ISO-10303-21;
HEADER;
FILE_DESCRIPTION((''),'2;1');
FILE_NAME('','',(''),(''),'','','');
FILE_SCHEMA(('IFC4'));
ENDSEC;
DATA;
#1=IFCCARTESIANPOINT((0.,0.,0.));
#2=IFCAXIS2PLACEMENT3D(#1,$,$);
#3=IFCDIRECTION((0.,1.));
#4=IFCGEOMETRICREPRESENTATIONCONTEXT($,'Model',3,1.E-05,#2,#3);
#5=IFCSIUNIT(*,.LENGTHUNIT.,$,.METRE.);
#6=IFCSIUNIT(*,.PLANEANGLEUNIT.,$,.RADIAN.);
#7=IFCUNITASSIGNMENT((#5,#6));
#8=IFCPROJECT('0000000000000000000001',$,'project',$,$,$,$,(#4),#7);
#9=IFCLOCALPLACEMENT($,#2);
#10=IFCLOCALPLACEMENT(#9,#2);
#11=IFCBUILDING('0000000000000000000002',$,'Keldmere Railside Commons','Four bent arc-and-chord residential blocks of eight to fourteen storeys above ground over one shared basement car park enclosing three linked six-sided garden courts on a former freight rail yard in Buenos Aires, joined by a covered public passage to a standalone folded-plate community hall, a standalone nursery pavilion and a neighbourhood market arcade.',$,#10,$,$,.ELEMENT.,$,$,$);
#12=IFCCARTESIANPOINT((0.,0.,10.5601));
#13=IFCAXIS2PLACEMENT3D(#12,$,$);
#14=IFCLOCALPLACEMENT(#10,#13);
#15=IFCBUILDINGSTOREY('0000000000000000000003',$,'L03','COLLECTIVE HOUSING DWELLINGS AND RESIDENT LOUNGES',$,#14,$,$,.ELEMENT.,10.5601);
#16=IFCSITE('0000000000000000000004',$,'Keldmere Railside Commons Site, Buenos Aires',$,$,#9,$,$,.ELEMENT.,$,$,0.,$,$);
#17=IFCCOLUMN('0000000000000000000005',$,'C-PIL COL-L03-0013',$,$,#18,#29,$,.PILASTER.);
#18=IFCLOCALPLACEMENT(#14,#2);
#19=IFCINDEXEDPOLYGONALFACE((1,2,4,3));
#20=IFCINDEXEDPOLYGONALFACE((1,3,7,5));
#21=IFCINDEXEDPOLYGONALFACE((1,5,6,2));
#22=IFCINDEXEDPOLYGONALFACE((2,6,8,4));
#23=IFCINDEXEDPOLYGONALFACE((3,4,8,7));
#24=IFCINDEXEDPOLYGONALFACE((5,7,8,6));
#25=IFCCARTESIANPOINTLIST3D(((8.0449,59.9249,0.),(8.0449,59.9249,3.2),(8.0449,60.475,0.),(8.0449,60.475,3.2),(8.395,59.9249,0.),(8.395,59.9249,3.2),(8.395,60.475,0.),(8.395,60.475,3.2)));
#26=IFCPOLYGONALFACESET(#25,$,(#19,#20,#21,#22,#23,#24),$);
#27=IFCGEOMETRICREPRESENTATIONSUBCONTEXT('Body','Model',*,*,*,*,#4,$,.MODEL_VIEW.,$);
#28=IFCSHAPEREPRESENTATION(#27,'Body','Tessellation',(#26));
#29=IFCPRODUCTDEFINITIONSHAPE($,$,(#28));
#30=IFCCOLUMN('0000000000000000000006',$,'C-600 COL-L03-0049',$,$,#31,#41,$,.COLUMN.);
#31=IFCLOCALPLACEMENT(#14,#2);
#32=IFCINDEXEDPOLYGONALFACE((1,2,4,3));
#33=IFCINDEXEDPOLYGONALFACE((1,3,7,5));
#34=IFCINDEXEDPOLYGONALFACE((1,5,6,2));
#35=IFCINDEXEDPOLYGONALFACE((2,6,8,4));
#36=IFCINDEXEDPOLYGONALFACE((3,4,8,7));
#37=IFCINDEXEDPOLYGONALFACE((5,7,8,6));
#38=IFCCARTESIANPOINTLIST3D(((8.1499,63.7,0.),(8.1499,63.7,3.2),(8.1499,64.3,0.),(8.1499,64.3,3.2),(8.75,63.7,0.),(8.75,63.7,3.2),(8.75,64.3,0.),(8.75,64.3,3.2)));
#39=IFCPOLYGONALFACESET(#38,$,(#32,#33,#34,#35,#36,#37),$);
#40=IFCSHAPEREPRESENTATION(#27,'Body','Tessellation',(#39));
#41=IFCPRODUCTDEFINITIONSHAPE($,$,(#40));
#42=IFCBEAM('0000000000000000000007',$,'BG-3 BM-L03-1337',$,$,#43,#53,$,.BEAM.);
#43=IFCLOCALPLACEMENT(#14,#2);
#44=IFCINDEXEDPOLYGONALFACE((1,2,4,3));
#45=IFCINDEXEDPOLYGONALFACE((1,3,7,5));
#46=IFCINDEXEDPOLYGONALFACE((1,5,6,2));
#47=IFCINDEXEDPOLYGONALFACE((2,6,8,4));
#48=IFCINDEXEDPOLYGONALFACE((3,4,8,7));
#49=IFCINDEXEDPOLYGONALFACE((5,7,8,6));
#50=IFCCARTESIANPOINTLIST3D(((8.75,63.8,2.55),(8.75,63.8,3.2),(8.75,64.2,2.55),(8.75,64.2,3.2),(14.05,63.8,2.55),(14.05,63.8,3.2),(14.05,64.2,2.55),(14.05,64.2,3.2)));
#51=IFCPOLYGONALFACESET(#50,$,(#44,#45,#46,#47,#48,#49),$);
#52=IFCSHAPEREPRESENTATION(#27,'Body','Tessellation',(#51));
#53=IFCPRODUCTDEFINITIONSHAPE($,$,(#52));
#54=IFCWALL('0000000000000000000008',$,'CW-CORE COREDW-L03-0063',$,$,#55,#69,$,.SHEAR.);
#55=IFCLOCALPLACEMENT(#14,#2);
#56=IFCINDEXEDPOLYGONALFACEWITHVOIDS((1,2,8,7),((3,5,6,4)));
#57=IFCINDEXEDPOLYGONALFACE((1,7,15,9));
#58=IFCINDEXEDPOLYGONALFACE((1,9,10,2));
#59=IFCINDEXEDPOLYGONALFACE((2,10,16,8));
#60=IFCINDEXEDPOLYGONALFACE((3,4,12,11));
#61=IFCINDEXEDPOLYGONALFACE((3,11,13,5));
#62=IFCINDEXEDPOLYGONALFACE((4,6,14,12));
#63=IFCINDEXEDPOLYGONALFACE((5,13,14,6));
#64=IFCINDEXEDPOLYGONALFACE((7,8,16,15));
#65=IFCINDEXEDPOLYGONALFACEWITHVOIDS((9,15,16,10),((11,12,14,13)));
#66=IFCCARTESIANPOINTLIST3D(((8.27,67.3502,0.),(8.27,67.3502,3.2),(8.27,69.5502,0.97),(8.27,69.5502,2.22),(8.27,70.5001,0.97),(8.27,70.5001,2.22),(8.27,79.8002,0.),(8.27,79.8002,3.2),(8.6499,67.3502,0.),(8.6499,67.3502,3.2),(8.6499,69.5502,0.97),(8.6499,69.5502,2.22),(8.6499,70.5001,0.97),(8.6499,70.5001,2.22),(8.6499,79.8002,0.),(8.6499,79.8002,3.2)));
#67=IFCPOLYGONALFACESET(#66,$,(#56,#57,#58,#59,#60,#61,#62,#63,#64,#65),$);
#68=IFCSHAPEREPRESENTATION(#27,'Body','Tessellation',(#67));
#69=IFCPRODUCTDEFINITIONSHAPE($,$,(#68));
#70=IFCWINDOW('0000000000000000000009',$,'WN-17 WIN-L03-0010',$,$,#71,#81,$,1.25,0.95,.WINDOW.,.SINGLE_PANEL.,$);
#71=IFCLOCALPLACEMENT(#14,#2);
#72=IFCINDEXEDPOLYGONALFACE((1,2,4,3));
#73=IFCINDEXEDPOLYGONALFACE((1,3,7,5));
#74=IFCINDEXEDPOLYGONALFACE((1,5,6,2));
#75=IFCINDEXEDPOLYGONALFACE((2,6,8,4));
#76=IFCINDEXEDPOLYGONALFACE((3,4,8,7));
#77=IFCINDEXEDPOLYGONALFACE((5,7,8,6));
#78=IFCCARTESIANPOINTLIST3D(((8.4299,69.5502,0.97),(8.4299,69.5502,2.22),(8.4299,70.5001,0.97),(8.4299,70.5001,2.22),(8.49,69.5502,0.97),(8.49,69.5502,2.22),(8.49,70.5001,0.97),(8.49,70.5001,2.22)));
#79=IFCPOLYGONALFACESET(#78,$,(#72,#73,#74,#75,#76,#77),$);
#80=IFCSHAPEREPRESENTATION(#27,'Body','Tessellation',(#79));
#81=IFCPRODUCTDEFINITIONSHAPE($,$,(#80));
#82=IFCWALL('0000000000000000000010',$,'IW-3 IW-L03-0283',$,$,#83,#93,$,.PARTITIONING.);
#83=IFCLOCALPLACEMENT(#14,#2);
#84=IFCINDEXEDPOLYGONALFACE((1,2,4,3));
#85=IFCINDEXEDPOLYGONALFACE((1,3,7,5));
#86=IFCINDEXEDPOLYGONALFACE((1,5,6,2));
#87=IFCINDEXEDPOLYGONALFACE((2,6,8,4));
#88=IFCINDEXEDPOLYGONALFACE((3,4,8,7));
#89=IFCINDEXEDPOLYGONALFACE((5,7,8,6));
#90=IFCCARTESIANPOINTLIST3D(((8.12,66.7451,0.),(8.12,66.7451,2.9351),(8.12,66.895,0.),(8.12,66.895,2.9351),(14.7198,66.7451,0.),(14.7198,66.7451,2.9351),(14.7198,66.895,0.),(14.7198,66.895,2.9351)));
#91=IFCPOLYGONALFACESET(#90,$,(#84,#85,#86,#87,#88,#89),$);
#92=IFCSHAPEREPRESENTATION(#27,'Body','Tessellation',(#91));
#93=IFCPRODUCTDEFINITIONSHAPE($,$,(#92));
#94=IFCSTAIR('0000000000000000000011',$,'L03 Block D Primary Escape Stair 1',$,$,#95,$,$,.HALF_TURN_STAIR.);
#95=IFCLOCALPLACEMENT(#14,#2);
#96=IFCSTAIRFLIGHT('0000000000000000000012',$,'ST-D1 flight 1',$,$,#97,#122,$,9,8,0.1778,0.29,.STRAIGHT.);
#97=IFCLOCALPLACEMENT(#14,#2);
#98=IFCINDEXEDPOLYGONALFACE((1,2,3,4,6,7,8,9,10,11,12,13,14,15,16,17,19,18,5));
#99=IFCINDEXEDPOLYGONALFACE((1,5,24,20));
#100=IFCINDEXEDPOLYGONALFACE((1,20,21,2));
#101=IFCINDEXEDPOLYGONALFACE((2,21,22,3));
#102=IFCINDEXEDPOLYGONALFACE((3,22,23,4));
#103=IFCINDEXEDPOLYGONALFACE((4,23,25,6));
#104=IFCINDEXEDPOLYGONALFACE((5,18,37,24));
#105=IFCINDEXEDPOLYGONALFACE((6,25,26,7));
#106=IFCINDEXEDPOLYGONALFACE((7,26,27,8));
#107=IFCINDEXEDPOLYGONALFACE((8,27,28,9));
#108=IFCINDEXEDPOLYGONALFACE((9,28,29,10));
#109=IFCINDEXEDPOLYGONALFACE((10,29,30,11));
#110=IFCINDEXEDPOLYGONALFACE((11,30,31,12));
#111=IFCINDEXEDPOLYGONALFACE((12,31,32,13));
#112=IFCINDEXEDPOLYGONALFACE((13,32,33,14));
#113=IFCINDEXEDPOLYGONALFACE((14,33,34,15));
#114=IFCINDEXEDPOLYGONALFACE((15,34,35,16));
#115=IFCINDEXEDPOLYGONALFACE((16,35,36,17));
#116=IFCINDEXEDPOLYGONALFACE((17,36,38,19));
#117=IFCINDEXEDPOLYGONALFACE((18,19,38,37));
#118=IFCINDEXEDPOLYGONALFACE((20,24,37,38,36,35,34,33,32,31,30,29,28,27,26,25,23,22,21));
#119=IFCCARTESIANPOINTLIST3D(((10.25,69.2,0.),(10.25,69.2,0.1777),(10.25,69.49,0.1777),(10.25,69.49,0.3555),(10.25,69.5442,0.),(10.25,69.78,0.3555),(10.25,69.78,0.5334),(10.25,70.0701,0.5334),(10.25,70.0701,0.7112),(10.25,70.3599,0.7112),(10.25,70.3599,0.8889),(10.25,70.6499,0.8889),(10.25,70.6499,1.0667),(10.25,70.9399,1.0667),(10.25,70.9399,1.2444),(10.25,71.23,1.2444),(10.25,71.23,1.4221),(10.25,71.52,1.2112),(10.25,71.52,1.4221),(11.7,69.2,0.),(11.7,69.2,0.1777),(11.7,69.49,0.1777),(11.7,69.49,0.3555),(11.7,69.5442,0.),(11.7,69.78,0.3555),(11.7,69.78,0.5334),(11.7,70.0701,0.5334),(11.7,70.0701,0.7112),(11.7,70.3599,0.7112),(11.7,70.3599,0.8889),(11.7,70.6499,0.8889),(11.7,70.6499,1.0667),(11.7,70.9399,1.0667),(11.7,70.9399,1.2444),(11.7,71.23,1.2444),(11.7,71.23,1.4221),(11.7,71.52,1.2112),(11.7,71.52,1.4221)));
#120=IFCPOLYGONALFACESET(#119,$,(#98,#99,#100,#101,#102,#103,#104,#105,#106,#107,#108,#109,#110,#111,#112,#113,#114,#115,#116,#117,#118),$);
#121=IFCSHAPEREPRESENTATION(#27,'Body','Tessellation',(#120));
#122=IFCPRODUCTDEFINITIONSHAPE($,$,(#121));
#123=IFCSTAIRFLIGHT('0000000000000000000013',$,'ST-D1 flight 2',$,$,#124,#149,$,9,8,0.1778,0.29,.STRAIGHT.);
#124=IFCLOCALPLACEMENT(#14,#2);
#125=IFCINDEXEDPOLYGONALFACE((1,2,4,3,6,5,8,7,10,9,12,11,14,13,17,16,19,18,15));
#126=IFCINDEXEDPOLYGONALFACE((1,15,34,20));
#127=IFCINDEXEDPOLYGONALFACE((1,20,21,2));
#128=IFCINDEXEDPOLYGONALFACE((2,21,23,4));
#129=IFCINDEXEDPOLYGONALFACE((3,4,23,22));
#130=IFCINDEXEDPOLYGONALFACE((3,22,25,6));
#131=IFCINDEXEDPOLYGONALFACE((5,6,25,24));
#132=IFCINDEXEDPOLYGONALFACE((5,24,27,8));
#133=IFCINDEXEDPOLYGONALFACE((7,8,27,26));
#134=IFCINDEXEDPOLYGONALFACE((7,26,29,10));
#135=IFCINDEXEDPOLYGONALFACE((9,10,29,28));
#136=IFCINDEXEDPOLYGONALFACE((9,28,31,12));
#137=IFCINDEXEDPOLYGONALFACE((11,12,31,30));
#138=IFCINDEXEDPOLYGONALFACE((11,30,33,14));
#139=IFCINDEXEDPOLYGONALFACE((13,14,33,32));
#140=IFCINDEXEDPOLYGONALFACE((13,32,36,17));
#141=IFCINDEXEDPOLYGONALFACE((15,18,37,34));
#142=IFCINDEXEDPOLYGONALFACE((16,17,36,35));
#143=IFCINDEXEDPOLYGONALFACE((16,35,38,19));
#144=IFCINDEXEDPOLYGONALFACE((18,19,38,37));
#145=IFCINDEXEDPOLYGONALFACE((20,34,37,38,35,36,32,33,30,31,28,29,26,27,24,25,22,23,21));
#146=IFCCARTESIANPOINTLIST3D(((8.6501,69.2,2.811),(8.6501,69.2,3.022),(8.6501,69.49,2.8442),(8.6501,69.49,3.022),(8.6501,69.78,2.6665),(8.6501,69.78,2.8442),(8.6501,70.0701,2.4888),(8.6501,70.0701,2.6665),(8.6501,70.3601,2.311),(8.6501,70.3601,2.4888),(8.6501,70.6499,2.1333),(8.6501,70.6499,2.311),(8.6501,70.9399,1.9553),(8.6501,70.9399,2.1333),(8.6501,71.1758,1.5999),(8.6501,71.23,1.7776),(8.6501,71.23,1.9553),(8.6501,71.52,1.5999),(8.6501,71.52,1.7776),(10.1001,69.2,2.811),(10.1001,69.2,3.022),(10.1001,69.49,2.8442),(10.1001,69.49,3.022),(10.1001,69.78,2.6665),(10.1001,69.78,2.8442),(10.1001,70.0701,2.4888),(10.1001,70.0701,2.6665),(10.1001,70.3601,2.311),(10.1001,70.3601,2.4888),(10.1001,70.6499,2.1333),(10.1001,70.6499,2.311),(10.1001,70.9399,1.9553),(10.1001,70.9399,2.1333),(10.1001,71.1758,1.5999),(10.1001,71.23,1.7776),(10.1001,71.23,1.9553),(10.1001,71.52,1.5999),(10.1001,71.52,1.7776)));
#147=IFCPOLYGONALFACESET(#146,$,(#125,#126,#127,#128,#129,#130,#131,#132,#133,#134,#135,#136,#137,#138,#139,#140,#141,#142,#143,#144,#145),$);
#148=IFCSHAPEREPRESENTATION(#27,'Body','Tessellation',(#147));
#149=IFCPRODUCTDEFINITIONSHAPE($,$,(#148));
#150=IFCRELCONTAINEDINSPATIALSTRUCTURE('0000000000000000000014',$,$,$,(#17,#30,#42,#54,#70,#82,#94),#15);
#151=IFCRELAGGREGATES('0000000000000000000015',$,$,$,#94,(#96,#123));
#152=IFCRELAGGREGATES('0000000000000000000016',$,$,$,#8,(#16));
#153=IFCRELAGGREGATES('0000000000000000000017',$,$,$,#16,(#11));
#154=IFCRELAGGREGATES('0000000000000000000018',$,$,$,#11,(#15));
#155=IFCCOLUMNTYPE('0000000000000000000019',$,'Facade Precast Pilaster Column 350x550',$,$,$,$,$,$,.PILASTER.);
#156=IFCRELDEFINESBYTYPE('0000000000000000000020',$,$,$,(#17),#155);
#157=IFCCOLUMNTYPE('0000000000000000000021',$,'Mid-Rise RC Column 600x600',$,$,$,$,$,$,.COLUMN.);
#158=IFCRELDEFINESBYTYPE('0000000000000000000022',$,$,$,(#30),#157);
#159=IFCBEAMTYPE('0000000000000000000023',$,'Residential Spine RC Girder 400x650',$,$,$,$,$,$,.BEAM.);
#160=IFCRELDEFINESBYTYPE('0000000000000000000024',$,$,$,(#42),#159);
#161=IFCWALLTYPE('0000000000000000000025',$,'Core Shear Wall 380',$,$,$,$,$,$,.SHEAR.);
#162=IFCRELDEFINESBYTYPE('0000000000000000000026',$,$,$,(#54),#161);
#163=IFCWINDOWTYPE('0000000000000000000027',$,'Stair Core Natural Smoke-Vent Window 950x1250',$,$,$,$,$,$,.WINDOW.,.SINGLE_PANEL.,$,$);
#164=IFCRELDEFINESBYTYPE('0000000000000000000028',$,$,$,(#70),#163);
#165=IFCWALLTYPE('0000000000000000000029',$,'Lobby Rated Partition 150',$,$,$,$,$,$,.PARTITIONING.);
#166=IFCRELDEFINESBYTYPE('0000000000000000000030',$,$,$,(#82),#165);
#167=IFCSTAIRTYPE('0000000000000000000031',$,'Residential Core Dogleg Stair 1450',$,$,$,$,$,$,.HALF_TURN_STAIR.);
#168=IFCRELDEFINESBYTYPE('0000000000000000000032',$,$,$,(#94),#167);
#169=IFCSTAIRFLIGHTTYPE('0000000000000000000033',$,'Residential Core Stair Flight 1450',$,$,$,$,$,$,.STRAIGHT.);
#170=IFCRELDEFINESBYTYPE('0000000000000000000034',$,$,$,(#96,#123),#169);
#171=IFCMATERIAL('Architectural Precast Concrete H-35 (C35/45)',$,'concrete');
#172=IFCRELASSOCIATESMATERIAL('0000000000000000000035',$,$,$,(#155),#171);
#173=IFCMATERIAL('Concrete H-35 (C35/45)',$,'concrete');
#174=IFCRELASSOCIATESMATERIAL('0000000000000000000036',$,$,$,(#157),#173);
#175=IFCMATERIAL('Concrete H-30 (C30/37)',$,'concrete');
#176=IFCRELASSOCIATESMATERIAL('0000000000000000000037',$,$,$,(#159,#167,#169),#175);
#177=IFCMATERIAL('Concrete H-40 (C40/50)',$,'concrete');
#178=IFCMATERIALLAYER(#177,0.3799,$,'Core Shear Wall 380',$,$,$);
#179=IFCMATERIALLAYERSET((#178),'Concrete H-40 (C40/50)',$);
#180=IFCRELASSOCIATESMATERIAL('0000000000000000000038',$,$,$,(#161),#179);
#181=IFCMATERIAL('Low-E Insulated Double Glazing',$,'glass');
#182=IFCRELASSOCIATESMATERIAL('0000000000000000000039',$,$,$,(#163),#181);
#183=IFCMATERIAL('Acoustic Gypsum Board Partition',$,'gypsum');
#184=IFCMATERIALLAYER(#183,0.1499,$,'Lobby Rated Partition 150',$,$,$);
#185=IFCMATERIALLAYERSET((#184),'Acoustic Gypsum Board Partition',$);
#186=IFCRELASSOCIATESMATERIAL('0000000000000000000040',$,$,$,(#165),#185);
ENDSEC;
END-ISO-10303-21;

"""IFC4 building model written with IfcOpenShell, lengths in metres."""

from ifc_helpers import new_model, si_unit, direction, frame, frame_2d, origin, origin_2d, place, context, subcontext, project, spatial, polyline, rectangle, outline, extrude, material, layer, layer_set, material_profile, profile_set, type_object, element, fill, aggregate, save


model = new_model("IFC4")

# Units and contexts
model_context = context("Model", 3, precision=1e-05, world=origin(), true_north=direction((0.0, 1.0)))
body_context = subcontext(model_context, "Body", "Model", "MODEL_VIEW")
ifc_project = project(units=[si_unit("LENGTHUNIT", "METRE"), si_unit("PLANEANGLEUNIT", "RADIAN")], contexts=[model_context])

# Site, building, storey
site_placement = place(None, origin())
site = spatial("IfcSite", under=ifc_project, at=site_placement, Name="Keldmere Railside Commons Site, Buenos Aires", CompositionType="ELEMENT", RefElevation=0.0)
building_placement = place(site_placement, origin())
building = spatial("IfcBuilding", under=site, at=building_placement, Name="Keldmere Railside Commons", Description="Four bent arc-and-chord residential blocks of eight to fourteen storeys above ground over one shared basement car park enclosing three linked six-sided garden courts on a former freight rail yard in Buenos Aires, joined by a covered public passage to a standalone folded-plate community hall, a standalone nursery pavilion and a neighbourhood market arcade.", CompositionType="ELEMENT")
storey_placement = place(building_placement, frame((0.0, 0.0, 10.5601)))
storey = spatial("IfcBuildingStorey", under=building, at=storey_placement, Name="L03", Description="COLLECTIVE HOUSING DWELLINGS AND RESIDENT LOUNGES", CompositionType="ELEMENT", Elevation=10.5601)

# Columns
ifc_material_1 = material(Name="Architectural Precast Concrete H-35 (C35/45)", Category="concrete")
ifc_material_profile_1 = material_profile(ifc_material_1, rectangle(XDim=0.3501, YDim=0.55, at=origin_2d()), Name="RC-350x550")
ifc_profile_set_1 = profile_set([ifc_material_profile_1], Name="Architectural Precast Concrete H-35 (C35/45)")
column_type_1 = type_object("IfcColumnType", Name="Facade Precast Pilaster Column 350x550", PredefinedType="PILASTER", material=ifc_profile_set_1)
column_1_placement = place(storey_placement, frame((8.22, 60.2, 0.0), z_axis=(0.0, 0.0, 1.0), x_axis=(1.0, 0.0, 0.0)))
element("IfcColumn", 1, at=column_1_placement, inside=storey, type_object=column_type_1, Name="C-PIL COL-L03-0013", PredefinedType="PILASTER", context=body_context, shape_type="SweptSolid", body=[
    extrude(rectangle(XDim=0.3501, YDim=0.55, at=origin_2d()), origin(), (0.0, 0.0, 1.0), 3.2),
])
ifc_material_2 = material(Name="Concrete H-35 (C35/45)", Category="concrete")
ifc_material_profile_2 = material_profile(ifc_material_2, rectangle(XDim=0.6001, YDim=0.6001, at=origin_2d()), Name="RC-600x600")
ifc_profile_set_2 = profile_set([ifc_material_profile_2], Name="Concrete H-35 (C35/45)")
column_type_2 = type_object("IfcColumnType", Name="Mid-Rise RC Column 600x600", PredefinedType="COLUMN", material=ifc_profile_set_2)
column_2_placement = place(storey_placement, frame((8.45, 64.0, 0.0), z_axis=(0.0, 0.0, 1.0), x_axis=(1.0, 0.0, 0.0)))
element("IfcColumn", 2, at=column_2_placement, inside=storey, type_object=column_type_2, Name="C-600 COL-L03-0049", PredefinedType="COLUMN", context=body_context, shape_type="SweptSolid", body=[
    extrude(rectangle(XDim=0.6001, YDim=0.6001, at=origin_2d()), origin(), (0.0, 0.0, 1.0), 3.2),
])

# Beam
ifc_material_3 = material(Name="Concrete H-30 (C30/37)", Category="concrete")
ifc_material_profile_3 = material_profile(ifc_material_3, rectangle(XDim=0.3999, YDim=0.6499, at=origin_2d()), Name="RC-400x650")
ifc_profile_set_3 = profile_set([ifc_material_profile_3], Name="Concrete H-30 (C30/37)")
beam_type = type_object("IfcBeamType", Name="Residential Spine RC Girder 400x650", PredefinedType="BEAM", material=ifc_profile_set_3)
beam_placement = place(storey_placement, frame((8.75, 64.0, 2.875), z_axis=(1.0, 0.0, 0.0), x_axis=(0.0, 1.0, 0.0)))
element("IfcBeam", 3, at=beam_placement, inside=storey, type_object=beam_type, Name="BG-3 BM-L03-1337", PredefinedType="BEAM", context=body_context, shape_type="SweptSolid", body=[
    extrude(rectangle(XDim=0.3999, YDim=0.6499, at=origin_2d()), origin(), (0.0, 0.0, 1.0), 5.3),
])

# Wall, opening, window
ifc_material_4 = material(Name="Concrete H-40 (C40/50)", Category="concrete")
ifc_layer_1 = layer(ifc_material_4, 0.3799, Name="Core Shear Wall 380")
ifc_layer_set_1 = layer_set([ifc_layer_1], Name="Concrete H-40 (C40/50)")
wall_type_1 = type_object("IfcWallType", Name="Core Shear Wall 380", PredefinedType="SHEAR", material=ifc_layer_set_1)
wall_1_placement = place(storey_placement, frame((8.46, 67.3501, 0.0), z_axis=(0.0, 0.0, 1.0), x_axis=(0.0, 1.0, 0.0)))
wall_1 = element("IfcWall", 4, at=wall_1_placement, inside=storey, type_object=wall_type_1, Name="CW-CORE COREDW-L03-0063", PredefinedType="SHEAR", context=body_context, shape_type="SweptSolid", body=[
    extrude(rectangle(XDim=12.45, YDim=0.3799, at=frame_2d((6.2251, 0.0))), origin(), (0.0, 0.0, 1.0), 3.2),
])
opening_placement = place(wall_1_placement, frame((2.2, 0.0, 0.97)))
opening = element("IfcOpeningElement", 5, at=opening_placement, cuts=wall_1, PredefinedType="OPENING", context=body_context, shape_type="SweptSolid", body=[
    extrude(rectangle(XDim=0.95, YDim=1.25, at=frame_2d((0.4751, 0.625))), frame((0.0, 0.2, 0.0), z_axis=(0.0, -1.0, 0.0), x_axis=(1.0, 0.0, 0.0)), (0.0, 0.0, 1.0), 0.3999),
])
ifc_material_5 = material(Name="Low-E Insulated Double Glazing", Category="glass")
window_type = type_object("IfcWindowType", Name="Stair Core Natural Smoke-Vent Window 950x1250", PartitioningType="SINGLE_PANEL", PredefinedType="WINDOW", material=ifc_material_5)
window_placement = place(opening_placement, origin())
window = element("IfcWindow", 6, at=window_placement, inside=storey, type_object=window_type, Name="WN-17 WIN-L03-0010", OverallHeight=1.25, OverallWidth=0.95, PartitioningType="SINGLE_PANEL", PredefinedType="WINDOW", context=body_context, shape_type="SweptSolid", body=[
    extrude(rectangle(XDim=0.95, YDim=1.25, at=frame_2d((0.4751, 0.625))), frame((0.0, 0.03, 0.0), z_axis=(0.0, -1.0, 0.0), x_axis=(1.0, 0.0, 0.0)), (0.0, 0.0, 1.0), 0.0601),
])
fill(opening, window)

# Wall
ifc_material_6 = material(Name="Acoustic Gypsum Board Partition", Category="gypsum")
ifc_layer_2 = layer(ifc_material_6, 0.1499, Name="Lobby Rated Partition 150")
ifc_layer_set_2 = layer_set([ifc_layer_2], Name="Acoustic Gypsum Board Partition")
wall_type_2 = type_object("IfcWallType", Name="Lobby Rated Partition 150", PredefinedType="PARTITIONING", material=ifc_layer_set_2)
wall_2_placement = place(storey_placement, frame((8.1201, 66.8201, 0.0), z_axis=(0.0, 0.0, 1.0), x_axis=(1.0, 0.0, 0.0)))
element("IfcWall", 7, at=wall_2_placement, inside=storey, type_object=wall_type_2, Name="IW-3 IW-L03-0283", PredefinedType="PARTITIONING", context=body_context, shape_type="SweptSolid", body=[
    extrude(rectangle(XDim=6.5999, YDim=0.1499, at=frame_2d((3.2998, 0.0))), origin(), (0.0, 0.0, 1.0), 2.9351),
])

# Stair, stair flights
stair_type = type_object("IfcStairType", Name="Residential Core Dogleg Stair 1450", PredefinedType="HALF_TURN_STAIR", material=ifc_material_3)
stair_placement = place(storey_placement, origin())
stair = element("IfcStair", 8, at=stair_placement, inside=storey, type_object=stair_type, Name="L03 Block D Primary Escape Stair 1", PredefinedType="HALF_TURN_STAIR")
stair_flight_type = type_object("IfcStairFlightType", Name="Residential Core Stair Flight 1450", PredefinedType="STRAIGHT", material=ifc_material_3)
stair_flight_1_placement = place(storey_placement, frame((10.9751, 69.2, 0.0), z_axis=(0.0, 0.0, 1.0), x_axis=(0.0, 1.0, 0.0)))
stair_flight_1 = element("IfcStairFlight", 9, at=stair_flight_1_placement, type_object=stair_flight_type, Name="ST-D1 flight 1", NumberOfRisers=9, NumberOfTreads=8, PredefinedType="STRAIGHT", RiserHeight=0.1778, TreadLength=0.29, context=body_context, shape_type="SweptSolid", body=[
    extrude(outline(polyline([(0.0, 0.0), (0.0, 0.1777), (0.29, 0.1777), (0.29, 0.3555), (0.5801, 0.3555), (0.5801, 0.5334), (0.8701, 0.5334), (0.8701, 0.7112), (1.1599, 0.7112), (1.1599, 0.8889), (1.45, 0.8889), (1.45, 1.0667), (1.74, 1.0667), (1.74, 1.2444), (2.03, 1.2444), (2.03, 1.4221), (2.3201, 1.4221), (2.3201, 1.6001), (2.3201, 1.2112), (0.3442, 0.0), (0.0, 0.0)])), frame((0.0, 0.7251, 0.0), z_axis=(0.0, -1.0, 0.0), x_axis=(1.0, 0.0, 0.0)), (0.0, 0.0, 1.0), 1.45),
])
stair_flight_2_placement = place(storey_placement, frame((9.375, 71.52, 1.5999), z_axis=(0.0, 0.0, 1.0), x_axis=(0.0, -1.0, 0.0)))
stair_flight_2 = element("IfcStairFlight", 10, at=stair_flight_2_placement, type_object=stair_flight_type, Name="ST-D1 flight 2", NumberOfRisers=9, NumberOfTreads=8, PredefinedType="STRAIGHT", RiserHeight=0.1778, TreadLength=0.29, context=body_context, shape_type="SweptSolid", body=[
    extrude(outline(polyline([(0.0, 0.0), (0.0, 0.1777), (0.29, 0.1777), (0.29, 0.3555), (0.5801, 0.3555), (0.5801, 0.5334), (0.8701, 0.5334), (0.8701, 0.7112), (1.1599, 0.7112), (1.1599, 0.8889), (1.45, 0.8889), (1.45, 1.0667), (1.74, 1.0667), (1.74, 1.2444), (2.03, 1.2444), (2.03, 1.4221), (2.3201, 1.4221), (2.3201, 1.6001), (2.3201, 1.2112), (0.3442, 0.0), (0.0, 0.0)])), frame((0.0, 0.7251, 0.0), z_axis=(0.0, -1.0, 0.0), x_axis=(1.0, 0.0, 0.0)), (0.0, 0.0, 1.0), 1.45),
])
aggregate(stair, [stair_flight_1, stair_flight_2])

save(model, "model.ifc")
